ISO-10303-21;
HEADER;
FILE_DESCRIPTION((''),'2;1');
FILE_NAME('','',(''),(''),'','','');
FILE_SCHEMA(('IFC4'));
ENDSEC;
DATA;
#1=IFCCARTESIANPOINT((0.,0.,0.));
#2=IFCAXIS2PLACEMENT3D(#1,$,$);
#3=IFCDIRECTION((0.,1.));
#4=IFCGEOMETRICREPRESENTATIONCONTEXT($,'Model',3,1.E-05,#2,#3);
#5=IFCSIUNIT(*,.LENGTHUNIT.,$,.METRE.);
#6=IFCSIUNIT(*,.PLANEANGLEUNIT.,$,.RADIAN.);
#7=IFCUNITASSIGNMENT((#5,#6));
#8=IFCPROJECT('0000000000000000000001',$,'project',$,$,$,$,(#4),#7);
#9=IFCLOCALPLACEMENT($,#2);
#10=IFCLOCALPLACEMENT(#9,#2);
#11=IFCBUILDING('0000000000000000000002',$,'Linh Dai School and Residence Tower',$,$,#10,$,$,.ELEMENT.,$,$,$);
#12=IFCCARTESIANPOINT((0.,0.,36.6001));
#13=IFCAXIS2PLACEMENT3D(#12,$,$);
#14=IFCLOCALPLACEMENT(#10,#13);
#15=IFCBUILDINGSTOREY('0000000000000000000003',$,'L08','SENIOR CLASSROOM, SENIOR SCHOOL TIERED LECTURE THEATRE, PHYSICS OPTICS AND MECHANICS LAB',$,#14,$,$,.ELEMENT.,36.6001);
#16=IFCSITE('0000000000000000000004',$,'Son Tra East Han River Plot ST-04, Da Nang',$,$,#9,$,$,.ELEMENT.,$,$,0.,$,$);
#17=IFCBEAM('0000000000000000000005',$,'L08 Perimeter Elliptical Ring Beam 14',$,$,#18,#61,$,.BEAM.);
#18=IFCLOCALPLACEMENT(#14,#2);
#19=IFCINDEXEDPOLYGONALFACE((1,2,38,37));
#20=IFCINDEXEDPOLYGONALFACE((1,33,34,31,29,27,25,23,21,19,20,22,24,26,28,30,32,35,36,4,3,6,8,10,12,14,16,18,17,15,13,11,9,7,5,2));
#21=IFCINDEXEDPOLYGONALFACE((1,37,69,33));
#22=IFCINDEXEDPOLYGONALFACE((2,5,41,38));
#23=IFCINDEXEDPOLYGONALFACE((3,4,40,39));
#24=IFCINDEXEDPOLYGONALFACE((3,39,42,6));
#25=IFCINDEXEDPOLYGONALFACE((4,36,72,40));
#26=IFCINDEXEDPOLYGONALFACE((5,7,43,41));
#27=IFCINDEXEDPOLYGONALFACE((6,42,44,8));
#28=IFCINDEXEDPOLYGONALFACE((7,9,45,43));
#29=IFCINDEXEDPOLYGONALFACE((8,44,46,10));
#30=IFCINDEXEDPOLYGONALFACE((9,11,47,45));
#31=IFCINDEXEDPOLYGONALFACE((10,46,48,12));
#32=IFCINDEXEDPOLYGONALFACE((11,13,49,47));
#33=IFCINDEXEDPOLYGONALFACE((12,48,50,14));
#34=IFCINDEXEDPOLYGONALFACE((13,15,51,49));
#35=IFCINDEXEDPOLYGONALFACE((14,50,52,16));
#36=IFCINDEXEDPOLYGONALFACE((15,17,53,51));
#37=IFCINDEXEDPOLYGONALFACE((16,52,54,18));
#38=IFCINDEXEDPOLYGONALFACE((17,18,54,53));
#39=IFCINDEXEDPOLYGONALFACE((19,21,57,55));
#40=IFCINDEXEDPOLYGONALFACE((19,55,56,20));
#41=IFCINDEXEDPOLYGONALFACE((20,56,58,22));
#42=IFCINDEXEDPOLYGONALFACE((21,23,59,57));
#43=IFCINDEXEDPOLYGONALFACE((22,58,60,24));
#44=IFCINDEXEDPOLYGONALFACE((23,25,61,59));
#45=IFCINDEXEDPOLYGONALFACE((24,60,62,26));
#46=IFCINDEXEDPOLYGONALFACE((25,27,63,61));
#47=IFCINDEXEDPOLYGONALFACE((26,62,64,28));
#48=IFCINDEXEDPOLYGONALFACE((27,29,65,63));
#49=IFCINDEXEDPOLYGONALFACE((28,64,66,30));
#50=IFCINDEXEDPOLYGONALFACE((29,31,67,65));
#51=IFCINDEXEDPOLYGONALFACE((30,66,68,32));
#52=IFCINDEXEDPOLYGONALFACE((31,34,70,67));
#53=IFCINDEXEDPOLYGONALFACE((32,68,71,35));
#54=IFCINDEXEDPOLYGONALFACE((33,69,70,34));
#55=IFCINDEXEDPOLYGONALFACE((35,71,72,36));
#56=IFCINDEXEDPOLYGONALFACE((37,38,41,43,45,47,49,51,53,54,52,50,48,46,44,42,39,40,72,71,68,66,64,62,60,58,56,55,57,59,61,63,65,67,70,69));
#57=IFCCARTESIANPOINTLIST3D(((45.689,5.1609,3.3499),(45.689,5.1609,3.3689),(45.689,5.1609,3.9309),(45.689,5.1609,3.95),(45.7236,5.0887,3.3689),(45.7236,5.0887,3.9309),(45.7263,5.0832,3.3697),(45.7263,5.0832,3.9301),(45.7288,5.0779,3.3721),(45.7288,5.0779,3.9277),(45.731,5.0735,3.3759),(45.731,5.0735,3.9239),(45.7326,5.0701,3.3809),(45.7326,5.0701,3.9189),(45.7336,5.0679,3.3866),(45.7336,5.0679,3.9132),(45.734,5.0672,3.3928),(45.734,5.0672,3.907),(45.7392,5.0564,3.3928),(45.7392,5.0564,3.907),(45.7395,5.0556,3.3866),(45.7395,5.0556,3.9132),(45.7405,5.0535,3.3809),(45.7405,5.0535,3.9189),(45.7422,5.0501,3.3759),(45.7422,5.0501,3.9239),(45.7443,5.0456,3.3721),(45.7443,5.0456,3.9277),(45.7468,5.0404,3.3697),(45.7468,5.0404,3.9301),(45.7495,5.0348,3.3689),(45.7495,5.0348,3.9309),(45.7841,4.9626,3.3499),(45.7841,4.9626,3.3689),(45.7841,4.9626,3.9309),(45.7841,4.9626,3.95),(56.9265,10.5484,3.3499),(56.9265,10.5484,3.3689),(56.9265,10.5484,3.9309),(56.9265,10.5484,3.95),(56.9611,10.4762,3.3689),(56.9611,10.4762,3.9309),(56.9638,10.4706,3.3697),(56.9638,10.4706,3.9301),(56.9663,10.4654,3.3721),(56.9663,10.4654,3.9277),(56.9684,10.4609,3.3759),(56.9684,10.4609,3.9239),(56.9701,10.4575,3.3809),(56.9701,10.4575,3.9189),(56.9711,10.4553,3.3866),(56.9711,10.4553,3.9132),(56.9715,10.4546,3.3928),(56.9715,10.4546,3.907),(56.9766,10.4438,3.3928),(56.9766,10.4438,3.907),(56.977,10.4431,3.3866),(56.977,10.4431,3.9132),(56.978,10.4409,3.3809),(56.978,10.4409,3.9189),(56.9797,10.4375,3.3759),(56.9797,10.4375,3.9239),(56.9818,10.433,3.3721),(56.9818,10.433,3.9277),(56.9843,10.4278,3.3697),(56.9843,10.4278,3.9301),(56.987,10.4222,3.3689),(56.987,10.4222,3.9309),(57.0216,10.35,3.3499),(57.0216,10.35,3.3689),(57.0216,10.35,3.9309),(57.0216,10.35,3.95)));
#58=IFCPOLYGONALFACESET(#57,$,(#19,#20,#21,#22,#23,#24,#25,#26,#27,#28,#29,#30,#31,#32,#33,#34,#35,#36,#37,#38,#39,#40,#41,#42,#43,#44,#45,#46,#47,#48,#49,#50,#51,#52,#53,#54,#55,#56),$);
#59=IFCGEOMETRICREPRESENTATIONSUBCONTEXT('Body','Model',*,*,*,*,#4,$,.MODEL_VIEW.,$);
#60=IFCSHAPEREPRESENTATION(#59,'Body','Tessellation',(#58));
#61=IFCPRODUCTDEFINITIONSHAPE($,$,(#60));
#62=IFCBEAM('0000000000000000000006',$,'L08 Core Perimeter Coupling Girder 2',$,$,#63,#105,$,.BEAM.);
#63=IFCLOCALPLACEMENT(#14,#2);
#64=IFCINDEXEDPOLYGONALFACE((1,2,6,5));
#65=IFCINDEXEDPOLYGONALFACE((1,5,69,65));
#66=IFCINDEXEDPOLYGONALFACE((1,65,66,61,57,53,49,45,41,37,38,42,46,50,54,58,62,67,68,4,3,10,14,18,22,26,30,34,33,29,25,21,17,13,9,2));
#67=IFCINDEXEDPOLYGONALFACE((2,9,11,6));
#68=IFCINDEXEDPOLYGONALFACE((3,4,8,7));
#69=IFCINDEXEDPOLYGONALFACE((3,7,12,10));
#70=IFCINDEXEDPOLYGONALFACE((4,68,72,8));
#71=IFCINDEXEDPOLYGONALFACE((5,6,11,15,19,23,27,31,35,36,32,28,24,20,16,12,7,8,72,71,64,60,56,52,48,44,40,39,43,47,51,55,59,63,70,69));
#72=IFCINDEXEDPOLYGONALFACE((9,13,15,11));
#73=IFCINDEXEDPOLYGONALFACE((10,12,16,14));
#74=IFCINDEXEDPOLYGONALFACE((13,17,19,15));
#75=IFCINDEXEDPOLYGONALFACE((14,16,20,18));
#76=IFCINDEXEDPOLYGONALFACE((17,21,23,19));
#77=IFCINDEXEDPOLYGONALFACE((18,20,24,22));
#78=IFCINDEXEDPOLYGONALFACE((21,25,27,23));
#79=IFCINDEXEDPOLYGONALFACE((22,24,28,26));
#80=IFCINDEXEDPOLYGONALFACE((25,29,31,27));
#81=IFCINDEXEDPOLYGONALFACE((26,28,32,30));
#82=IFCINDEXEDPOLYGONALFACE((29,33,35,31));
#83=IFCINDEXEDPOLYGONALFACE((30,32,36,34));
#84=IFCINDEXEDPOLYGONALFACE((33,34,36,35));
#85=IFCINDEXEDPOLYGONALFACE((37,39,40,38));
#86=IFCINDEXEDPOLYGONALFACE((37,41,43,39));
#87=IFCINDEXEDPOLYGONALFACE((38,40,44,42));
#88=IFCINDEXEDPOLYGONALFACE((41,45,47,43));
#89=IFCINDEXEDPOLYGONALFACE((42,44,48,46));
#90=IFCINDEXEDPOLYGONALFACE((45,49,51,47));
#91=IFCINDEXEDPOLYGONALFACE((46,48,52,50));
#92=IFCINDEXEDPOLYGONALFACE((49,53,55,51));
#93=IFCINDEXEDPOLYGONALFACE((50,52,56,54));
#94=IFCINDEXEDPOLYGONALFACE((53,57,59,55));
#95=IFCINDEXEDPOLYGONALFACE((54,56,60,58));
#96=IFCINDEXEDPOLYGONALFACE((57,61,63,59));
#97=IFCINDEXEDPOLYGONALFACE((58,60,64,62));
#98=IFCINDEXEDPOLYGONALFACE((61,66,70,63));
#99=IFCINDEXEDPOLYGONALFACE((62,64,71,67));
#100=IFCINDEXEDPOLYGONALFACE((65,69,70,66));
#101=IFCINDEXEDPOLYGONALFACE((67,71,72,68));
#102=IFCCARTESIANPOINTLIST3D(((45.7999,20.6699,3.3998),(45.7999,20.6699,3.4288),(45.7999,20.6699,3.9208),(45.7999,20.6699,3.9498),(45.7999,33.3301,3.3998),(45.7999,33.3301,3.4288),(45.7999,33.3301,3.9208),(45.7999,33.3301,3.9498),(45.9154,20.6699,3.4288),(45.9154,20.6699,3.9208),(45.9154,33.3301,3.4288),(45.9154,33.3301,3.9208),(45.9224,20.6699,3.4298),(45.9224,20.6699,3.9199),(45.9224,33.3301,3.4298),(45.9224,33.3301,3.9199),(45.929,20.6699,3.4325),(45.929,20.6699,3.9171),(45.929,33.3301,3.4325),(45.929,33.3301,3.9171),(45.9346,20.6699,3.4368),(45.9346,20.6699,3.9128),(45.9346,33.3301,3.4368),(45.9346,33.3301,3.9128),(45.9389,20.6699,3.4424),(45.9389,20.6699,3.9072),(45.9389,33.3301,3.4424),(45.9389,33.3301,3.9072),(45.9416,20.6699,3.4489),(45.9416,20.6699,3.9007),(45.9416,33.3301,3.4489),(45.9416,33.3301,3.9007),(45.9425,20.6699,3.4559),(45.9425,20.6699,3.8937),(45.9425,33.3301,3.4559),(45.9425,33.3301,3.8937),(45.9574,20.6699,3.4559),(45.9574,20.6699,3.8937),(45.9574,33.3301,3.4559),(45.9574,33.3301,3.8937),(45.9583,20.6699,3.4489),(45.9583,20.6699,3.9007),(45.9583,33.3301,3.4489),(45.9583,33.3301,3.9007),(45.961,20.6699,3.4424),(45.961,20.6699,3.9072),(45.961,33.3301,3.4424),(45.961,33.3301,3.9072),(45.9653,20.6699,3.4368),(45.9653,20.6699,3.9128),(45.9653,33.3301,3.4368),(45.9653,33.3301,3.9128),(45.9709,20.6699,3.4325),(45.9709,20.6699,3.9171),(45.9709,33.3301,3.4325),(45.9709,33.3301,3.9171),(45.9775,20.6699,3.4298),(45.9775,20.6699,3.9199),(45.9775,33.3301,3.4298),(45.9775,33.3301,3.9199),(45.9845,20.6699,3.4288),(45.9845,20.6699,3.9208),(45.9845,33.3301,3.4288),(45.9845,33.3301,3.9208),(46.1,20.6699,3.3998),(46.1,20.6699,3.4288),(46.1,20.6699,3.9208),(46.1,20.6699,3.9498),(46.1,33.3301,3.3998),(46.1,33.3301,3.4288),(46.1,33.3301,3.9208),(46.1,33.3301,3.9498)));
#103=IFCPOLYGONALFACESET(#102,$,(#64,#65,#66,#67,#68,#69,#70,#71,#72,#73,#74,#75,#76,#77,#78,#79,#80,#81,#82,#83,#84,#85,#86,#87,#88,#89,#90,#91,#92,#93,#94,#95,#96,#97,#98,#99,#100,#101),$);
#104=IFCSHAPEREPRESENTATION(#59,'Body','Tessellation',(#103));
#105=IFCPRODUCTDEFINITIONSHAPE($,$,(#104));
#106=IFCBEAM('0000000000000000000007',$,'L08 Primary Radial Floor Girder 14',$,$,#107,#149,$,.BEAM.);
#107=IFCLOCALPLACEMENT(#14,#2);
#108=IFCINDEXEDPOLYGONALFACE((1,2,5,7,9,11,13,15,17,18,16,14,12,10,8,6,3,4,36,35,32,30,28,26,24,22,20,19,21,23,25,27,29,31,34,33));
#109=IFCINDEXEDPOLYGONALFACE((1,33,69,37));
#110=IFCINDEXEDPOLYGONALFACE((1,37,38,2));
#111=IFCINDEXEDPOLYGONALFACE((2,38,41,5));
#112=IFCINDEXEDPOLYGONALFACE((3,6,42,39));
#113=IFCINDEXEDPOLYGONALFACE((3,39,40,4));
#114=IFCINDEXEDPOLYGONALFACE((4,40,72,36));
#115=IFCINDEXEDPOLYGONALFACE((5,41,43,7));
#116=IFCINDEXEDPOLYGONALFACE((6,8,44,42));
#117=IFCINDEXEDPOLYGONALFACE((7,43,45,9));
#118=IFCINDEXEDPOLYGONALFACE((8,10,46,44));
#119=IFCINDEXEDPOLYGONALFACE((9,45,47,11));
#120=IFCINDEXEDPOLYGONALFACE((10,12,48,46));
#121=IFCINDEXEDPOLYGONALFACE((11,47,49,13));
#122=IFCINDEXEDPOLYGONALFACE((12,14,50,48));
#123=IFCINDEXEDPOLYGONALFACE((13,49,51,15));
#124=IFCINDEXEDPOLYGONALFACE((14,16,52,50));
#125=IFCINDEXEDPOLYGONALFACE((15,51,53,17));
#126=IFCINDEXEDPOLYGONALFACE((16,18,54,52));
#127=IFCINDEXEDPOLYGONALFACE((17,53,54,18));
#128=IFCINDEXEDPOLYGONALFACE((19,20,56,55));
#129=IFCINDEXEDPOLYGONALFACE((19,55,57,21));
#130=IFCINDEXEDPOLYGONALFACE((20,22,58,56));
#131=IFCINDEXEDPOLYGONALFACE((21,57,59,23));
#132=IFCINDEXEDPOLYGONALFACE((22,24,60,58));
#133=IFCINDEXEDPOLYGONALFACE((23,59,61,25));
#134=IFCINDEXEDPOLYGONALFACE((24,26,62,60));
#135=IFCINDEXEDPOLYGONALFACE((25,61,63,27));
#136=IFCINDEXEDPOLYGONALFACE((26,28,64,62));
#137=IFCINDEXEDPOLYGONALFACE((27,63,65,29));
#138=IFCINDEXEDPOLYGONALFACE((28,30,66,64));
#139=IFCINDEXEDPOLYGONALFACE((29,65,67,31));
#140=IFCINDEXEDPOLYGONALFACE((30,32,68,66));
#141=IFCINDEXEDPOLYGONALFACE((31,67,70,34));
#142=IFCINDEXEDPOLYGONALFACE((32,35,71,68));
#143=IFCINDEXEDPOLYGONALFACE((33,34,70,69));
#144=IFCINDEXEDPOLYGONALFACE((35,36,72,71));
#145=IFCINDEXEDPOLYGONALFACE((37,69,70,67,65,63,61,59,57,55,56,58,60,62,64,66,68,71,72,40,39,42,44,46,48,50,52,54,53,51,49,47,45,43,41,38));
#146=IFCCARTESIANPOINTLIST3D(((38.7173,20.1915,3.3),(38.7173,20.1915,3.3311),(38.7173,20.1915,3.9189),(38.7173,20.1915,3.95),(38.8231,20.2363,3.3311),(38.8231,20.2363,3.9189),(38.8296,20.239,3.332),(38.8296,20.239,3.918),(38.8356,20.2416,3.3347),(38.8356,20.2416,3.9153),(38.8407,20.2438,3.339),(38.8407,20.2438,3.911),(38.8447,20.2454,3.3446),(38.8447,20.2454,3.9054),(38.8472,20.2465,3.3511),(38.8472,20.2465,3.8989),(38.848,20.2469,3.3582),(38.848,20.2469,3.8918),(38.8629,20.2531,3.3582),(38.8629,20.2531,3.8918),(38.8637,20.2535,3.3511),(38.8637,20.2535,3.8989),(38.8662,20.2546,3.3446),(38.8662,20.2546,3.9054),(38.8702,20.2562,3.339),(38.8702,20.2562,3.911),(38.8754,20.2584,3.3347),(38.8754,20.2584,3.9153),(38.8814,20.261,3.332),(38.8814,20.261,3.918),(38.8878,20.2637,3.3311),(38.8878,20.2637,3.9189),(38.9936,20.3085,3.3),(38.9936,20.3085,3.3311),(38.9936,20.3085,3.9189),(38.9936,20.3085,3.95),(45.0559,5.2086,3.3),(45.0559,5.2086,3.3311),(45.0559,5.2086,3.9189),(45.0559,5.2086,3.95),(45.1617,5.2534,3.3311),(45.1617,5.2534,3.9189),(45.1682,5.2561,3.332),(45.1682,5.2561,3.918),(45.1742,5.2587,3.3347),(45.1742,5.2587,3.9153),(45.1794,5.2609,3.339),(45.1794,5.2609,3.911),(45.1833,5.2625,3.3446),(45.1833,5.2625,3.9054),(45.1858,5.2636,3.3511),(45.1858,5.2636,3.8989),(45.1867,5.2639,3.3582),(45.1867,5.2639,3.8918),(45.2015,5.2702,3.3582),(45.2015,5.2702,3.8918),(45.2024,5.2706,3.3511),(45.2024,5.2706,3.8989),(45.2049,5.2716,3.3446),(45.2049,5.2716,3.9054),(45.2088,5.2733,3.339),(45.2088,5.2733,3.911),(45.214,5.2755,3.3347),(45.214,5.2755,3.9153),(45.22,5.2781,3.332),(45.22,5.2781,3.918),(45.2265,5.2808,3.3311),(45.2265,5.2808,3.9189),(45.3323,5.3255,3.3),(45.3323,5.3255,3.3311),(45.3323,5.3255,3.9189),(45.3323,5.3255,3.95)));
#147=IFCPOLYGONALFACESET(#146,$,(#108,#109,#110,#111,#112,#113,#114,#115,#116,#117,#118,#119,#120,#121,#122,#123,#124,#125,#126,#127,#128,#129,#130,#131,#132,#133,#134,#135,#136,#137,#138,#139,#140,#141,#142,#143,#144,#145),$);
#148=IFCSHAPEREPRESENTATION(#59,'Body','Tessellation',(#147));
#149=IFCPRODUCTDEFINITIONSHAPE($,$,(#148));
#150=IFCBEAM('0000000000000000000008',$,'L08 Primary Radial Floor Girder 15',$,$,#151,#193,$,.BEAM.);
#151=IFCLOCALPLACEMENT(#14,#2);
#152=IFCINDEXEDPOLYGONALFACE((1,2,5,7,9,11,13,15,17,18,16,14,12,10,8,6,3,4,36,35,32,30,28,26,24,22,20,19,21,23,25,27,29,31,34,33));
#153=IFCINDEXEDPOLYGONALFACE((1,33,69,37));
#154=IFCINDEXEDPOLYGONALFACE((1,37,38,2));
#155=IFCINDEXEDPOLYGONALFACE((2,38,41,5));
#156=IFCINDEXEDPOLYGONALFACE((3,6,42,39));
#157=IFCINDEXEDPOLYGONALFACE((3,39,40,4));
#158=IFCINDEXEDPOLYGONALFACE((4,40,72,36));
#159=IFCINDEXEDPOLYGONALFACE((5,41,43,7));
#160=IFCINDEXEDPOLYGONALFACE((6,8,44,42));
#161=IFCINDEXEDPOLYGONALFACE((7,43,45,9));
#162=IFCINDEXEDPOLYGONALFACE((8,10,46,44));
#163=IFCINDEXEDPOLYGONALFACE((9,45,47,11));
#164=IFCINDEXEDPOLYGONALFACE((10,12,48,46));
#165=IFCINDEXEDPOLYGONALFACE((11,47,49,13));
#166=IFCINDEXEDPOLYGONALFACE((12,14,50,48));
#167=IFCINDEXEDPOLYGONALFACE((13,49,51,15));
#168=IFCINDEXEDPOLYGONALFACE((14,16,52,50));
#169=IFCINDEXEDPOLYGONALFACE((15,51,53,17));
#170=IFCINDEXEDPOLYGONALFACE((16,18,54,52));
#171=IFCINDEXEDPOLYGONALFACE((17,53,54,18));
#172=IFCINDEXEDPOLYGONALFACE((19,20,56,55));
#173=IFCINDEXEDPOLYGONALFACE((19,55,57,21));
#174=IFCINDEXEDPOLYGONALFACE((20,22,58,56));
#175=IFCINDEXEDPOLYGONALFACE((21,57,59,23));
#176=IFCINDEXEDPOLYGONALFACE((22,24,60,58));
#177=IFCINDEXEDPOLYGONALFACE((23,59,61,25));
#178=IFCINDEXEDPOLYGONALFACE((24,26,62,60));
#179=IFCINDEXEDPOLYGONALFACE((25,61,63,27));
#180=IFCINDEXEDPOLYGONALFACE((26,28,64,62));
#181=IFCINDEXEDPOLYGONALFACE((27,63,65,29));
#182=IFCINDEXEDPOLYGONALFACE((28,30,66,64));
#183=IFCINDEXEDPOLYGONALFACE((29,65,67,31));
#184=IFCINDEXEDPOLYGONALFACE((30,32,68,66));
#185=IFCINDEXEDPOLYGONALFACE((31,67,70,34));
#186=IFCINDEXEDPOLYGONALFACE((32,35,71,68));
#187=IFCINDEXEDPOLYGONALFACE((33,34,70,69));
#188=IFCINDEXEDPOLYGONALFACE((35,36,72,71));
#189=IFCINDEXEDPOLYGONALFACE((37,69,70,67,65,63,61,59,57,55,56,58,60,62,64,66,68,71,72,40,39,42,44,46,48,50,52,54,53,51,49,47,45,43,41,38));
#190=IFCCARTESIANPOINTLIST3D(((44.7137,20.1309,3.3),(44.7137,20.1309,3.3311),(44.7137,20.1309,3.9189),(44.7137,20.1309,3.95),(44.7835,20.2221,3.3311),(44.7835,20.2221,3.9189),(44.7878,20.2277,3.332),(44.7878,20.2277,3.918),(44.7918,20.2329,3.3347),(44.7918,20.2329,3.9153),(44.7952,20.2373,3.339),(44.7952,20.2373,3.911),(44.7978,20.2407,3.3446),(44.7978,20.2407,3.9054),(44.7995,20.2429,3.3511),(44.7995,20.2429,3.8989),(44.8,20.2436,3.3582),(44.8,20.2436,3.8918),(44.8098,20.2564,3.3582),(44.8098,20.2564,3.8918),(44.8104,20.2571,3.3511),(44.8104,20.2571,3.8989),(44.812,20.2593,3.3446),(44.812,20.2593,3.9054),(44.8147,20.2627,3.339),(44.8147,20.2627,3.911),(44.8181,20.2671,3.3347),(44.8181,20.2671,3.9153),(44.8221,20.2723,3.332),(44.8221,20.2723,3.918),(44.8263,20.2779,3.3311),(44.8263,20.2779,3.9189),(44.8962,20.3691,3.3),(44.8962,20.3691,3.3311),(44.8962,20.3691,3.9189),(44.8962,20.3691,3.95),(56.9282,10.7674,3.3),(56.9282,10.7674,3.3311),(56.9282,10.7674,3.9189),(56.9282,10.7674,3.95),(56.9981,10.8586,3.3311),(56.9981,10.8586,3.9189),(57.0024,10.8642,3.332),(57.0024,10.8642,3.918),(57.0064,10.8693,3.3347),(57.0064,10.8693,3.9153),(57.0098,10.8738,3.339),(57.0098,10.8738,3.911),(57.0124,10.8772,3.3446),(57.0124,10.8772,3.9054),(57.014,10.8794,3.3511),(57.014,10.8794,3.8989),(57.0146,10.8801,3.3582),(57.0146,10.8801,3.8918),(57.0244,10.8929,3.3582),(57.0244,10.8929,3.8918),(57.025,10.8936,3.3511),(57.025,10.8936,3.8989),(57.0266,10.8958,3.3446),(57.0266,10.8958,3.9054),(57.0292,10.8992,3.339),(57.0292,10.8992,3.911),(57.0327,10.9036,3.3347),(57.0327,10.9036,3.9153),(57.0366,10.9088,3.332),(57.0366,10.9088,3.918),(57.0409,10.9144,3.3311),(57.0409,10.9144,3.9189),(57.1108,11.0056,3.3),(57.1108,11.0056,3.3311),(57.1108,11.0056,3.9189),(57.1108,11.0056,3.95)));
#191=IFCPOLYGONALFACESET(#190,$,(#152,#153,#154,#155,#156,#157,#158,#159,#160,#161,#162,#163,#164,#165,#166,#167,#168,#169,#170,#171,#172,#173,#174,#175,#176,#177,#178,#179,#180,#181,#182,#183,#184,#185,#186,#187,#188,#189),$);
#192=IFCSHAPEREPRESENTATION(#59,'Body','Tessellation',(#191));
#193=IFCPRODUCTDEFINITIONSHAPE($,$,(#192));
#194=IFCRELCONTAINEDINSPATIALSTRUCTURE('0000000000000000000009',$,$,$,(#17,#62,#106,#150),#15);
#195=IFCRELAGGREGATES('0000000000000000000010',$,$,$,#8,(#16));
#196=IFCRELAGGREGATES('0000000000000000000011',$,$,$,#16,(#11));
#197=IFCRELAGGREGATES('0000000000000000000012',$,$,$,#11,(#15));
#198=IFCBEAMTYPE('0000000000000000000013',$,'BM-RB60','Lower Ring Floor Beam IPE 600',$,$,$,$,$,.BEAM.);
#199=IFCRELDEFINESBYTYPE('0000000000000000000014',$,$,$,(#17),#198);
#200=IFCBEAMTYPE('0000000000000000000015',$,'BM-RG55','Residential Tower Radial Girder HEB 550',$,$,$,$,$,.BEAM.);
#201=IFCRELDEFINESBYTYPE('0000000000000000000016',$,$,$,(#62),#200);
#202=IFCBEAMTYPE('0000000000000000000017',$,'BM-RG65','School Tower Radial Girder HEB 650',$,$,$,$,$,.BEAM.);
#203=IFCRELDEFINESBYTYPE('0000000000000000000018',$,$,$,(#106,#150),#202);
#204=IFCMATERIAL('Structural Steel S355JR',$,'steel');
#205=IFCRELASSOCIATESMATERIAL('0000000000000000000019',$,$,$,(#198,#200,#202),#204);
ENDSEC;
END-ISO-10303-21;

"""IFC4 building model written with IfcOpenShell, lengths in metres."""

from ifc_helpers import new_model, si_unit, direction, frame, origin, origin_2d, place, context, subcontext, project, spatial, i_section, extrude, material, material_profile, profile_set, type_object, element, save


model = new_model("IFC4")

# Units and contexts
model_context = context("Model", 3, precision=1e-05, world=origin(), true_north=direction((0.0, 1.0)))
body_context = subcontext(model_context, "Body", "Model", "MODEL_VIEW")
ifc_project = project(units=[si_unit("LENGTHUNIT", "METRE"), si_unit("PLANEANGLEUNIT", "RADIAN")], contexts=[model_context])

# Site, building, storey
site_placement = place(None, origin())
site = spatial("IfcSite", under=ifc_project, at=site_placement, Name="Son Tra East Han River Plot ST-04, Da Nang", CompositionType="ELEMENT", RefElevation=0.0)
building_placement = place(site_placement, origin())
building = spatial("IfcBuilding", under=site, at=building_placement, Name="Linh Dai School and Residence Tower", CompositionType="ELEMENT")
storey_placement = place(building_placement, frame((0.0, 0.0, 36.6001)))
storey = spatial("IfcBuildingStorey", under=building, at=storey_placement, Name="L08", Description="SENIOR CLASSROOM, SENIOR SCHOOL TIERED LECTURE THEATRE, PHYSICS OPTICS AND MECHANICS LAB", CompositionType="ELEMENT", Elevation=36.6001)

# Shared definitions
ifc_material_1 = material(Name="Structural Steel S355JR", Category="steel")

# Beams
ifc_material_profile_1 = material_profile(ifc_material_1, i_section(OverallWidth=0.22, OverallDepth=0.6001, WebThickness=0.012, FlangeThickness=0.019, FilletRadius=0.0239, at=origin_2d()), Name="IPE 600")
ifc_profile_set_1 = profile_set([ifc_material_profile_1], Name="Structural Steel S355JR")
beam_type_1 = type_object("IfcBeamType", Name="BM-RB60", Description="Lower Ring Floor Beam IPE 600", PredefinedType="BEAM", material=ifc_profile_set_1)
beam_1_placement = place(storey_placement, frame((45.7366, 5.0618, 3.6499), z_axis=(0.901729, 0.432302, 0.0), x_axis=(-0.432302, 0.901729, 0.0)))
element("IfcBeam", 1, at=beam_1_placement, inside=storey, type_object=beam_type_1, Name="L08 Perimeter Elliptical Ring Beam 14", PredefinedType="BEAM", context=body_context, shape_type="SweptSolid", body=[
    extrude(i_section(OverallWidth=0.22, OverallDepth=0.6001, WebThickness=0.012, FlangeThickness=0.019, FilletRadius=0.0239, at=origin_2d()), origin(), (0.0, 0.0, 1.0), 12.4622),
])
ifc_material_profile_2 = material_profile(ifc_material_1, i_section(OverallWidth=0.3, OverallDepth=0.55, WebThickness=0.0149, FlangeThickness=0.0291, FilletRadius=0.0271, at=origin_2d()), Name="HEB 550")
ifc_profile_set_2 = profile_set([ifc_material_profile_2], Name="Structural Steel S355JR")
beam_type_2 = type_object("IfcBeamType", Name="BM-RG55", Description="Residential Tower Radial Girder HEB 550", PredefinedType="BEAM", material=ifc_profile_set_2)
beam_2_placement = place(storey_placement, frame((45.95, 20.6699, 3.6748), z_axis=(0.0, 1.0, 0.0), x_axis=(-1.0, 0.0, 0.0)))
element("IfcBeam", 2, at=beam_2_placement, inside=storey, type_object=beam_type_2, Name="L08 Core Perimeter Coupling Girder 2", PredefinedType="BEAM", context=body_context, shape_type="SweptSolid", body=[
    extrude(i_section(OverallWidth=0.3, OverallDepth=0.55, WebThickness=0.0149, FlangeThickness=0.0291, FilletRadius=0.0271, at=origin_2d()), origin(), (0.0, 0.0, 1.0), 12.6602),
])
ifc_material_profile_3 = material_profile(ifc_material_1, i_section(OverallWidth=0.3, OverallDepth=0.6499, WebThickness=0.0161, FlangeThickness=0.031, FilletRadius=0.0271, at=origin_2d()), Name="HEB 650")
ifc_profile_set_3 = profile_set([ifc_material_profile_3], Name="Structural Steel S355JR")
beam_type_3 = type_object("IfcBeamType", Name="BM-RG65", Description="School Tower Radial Girder HEB 650", PredefinedType="BEAM", material=ifc_profile_set_3)
beam_3_placement = place(storey_placement, frame((38.8555, 20.25, 3.625), z_axis=(0.389624, -0.920974, 0.0), x_axis=(0.920974, 0.389624, 0.0)))
element("IfcBeam", 3, at=beam_3_placement, inside=storey, type_object=beam_type_3, Name="L08 Primary Radial Floor Girder 14", PredefinedType="BEAM", context=body_context, shape_type="SweptSolid", body=[
    extrude(i_section(OverallWidth=0.3, OverallDepth=0.6499, WebThickness=0.0161, FlangeThickness=0.031, FilletRadius=0.0271, at=origin_2d()), origin(), (0.0, 0.0, 1.0), 16.2686),
])
beam_4_placement = place(storey_placement, frame((44.8049, 20.25, 3.625), z_axis=(0.793638, -0.608391, 0.0), x_axis=(0.608391, 0.793638, 0.0)))
element("IfcBeam", 4, at=beam_4_placement, inside=storey, type_object=beam_type_3, Name="L08 Primary Radial Floor Girder 15", PredefinedType="BEAM", context=body_context, shape_type="SweptSolid", body=[
    extrude(i_section(OverallWidth=0.3, OverallDepth=0.6499, WebThickness=0.0161, FlangeThickness=0.031, FilletRadius=0.0271, at=origin_2d()), origin(), (0.0, 0.0, 1.0), 15.3906),
])

save(model, "model.ifc")
